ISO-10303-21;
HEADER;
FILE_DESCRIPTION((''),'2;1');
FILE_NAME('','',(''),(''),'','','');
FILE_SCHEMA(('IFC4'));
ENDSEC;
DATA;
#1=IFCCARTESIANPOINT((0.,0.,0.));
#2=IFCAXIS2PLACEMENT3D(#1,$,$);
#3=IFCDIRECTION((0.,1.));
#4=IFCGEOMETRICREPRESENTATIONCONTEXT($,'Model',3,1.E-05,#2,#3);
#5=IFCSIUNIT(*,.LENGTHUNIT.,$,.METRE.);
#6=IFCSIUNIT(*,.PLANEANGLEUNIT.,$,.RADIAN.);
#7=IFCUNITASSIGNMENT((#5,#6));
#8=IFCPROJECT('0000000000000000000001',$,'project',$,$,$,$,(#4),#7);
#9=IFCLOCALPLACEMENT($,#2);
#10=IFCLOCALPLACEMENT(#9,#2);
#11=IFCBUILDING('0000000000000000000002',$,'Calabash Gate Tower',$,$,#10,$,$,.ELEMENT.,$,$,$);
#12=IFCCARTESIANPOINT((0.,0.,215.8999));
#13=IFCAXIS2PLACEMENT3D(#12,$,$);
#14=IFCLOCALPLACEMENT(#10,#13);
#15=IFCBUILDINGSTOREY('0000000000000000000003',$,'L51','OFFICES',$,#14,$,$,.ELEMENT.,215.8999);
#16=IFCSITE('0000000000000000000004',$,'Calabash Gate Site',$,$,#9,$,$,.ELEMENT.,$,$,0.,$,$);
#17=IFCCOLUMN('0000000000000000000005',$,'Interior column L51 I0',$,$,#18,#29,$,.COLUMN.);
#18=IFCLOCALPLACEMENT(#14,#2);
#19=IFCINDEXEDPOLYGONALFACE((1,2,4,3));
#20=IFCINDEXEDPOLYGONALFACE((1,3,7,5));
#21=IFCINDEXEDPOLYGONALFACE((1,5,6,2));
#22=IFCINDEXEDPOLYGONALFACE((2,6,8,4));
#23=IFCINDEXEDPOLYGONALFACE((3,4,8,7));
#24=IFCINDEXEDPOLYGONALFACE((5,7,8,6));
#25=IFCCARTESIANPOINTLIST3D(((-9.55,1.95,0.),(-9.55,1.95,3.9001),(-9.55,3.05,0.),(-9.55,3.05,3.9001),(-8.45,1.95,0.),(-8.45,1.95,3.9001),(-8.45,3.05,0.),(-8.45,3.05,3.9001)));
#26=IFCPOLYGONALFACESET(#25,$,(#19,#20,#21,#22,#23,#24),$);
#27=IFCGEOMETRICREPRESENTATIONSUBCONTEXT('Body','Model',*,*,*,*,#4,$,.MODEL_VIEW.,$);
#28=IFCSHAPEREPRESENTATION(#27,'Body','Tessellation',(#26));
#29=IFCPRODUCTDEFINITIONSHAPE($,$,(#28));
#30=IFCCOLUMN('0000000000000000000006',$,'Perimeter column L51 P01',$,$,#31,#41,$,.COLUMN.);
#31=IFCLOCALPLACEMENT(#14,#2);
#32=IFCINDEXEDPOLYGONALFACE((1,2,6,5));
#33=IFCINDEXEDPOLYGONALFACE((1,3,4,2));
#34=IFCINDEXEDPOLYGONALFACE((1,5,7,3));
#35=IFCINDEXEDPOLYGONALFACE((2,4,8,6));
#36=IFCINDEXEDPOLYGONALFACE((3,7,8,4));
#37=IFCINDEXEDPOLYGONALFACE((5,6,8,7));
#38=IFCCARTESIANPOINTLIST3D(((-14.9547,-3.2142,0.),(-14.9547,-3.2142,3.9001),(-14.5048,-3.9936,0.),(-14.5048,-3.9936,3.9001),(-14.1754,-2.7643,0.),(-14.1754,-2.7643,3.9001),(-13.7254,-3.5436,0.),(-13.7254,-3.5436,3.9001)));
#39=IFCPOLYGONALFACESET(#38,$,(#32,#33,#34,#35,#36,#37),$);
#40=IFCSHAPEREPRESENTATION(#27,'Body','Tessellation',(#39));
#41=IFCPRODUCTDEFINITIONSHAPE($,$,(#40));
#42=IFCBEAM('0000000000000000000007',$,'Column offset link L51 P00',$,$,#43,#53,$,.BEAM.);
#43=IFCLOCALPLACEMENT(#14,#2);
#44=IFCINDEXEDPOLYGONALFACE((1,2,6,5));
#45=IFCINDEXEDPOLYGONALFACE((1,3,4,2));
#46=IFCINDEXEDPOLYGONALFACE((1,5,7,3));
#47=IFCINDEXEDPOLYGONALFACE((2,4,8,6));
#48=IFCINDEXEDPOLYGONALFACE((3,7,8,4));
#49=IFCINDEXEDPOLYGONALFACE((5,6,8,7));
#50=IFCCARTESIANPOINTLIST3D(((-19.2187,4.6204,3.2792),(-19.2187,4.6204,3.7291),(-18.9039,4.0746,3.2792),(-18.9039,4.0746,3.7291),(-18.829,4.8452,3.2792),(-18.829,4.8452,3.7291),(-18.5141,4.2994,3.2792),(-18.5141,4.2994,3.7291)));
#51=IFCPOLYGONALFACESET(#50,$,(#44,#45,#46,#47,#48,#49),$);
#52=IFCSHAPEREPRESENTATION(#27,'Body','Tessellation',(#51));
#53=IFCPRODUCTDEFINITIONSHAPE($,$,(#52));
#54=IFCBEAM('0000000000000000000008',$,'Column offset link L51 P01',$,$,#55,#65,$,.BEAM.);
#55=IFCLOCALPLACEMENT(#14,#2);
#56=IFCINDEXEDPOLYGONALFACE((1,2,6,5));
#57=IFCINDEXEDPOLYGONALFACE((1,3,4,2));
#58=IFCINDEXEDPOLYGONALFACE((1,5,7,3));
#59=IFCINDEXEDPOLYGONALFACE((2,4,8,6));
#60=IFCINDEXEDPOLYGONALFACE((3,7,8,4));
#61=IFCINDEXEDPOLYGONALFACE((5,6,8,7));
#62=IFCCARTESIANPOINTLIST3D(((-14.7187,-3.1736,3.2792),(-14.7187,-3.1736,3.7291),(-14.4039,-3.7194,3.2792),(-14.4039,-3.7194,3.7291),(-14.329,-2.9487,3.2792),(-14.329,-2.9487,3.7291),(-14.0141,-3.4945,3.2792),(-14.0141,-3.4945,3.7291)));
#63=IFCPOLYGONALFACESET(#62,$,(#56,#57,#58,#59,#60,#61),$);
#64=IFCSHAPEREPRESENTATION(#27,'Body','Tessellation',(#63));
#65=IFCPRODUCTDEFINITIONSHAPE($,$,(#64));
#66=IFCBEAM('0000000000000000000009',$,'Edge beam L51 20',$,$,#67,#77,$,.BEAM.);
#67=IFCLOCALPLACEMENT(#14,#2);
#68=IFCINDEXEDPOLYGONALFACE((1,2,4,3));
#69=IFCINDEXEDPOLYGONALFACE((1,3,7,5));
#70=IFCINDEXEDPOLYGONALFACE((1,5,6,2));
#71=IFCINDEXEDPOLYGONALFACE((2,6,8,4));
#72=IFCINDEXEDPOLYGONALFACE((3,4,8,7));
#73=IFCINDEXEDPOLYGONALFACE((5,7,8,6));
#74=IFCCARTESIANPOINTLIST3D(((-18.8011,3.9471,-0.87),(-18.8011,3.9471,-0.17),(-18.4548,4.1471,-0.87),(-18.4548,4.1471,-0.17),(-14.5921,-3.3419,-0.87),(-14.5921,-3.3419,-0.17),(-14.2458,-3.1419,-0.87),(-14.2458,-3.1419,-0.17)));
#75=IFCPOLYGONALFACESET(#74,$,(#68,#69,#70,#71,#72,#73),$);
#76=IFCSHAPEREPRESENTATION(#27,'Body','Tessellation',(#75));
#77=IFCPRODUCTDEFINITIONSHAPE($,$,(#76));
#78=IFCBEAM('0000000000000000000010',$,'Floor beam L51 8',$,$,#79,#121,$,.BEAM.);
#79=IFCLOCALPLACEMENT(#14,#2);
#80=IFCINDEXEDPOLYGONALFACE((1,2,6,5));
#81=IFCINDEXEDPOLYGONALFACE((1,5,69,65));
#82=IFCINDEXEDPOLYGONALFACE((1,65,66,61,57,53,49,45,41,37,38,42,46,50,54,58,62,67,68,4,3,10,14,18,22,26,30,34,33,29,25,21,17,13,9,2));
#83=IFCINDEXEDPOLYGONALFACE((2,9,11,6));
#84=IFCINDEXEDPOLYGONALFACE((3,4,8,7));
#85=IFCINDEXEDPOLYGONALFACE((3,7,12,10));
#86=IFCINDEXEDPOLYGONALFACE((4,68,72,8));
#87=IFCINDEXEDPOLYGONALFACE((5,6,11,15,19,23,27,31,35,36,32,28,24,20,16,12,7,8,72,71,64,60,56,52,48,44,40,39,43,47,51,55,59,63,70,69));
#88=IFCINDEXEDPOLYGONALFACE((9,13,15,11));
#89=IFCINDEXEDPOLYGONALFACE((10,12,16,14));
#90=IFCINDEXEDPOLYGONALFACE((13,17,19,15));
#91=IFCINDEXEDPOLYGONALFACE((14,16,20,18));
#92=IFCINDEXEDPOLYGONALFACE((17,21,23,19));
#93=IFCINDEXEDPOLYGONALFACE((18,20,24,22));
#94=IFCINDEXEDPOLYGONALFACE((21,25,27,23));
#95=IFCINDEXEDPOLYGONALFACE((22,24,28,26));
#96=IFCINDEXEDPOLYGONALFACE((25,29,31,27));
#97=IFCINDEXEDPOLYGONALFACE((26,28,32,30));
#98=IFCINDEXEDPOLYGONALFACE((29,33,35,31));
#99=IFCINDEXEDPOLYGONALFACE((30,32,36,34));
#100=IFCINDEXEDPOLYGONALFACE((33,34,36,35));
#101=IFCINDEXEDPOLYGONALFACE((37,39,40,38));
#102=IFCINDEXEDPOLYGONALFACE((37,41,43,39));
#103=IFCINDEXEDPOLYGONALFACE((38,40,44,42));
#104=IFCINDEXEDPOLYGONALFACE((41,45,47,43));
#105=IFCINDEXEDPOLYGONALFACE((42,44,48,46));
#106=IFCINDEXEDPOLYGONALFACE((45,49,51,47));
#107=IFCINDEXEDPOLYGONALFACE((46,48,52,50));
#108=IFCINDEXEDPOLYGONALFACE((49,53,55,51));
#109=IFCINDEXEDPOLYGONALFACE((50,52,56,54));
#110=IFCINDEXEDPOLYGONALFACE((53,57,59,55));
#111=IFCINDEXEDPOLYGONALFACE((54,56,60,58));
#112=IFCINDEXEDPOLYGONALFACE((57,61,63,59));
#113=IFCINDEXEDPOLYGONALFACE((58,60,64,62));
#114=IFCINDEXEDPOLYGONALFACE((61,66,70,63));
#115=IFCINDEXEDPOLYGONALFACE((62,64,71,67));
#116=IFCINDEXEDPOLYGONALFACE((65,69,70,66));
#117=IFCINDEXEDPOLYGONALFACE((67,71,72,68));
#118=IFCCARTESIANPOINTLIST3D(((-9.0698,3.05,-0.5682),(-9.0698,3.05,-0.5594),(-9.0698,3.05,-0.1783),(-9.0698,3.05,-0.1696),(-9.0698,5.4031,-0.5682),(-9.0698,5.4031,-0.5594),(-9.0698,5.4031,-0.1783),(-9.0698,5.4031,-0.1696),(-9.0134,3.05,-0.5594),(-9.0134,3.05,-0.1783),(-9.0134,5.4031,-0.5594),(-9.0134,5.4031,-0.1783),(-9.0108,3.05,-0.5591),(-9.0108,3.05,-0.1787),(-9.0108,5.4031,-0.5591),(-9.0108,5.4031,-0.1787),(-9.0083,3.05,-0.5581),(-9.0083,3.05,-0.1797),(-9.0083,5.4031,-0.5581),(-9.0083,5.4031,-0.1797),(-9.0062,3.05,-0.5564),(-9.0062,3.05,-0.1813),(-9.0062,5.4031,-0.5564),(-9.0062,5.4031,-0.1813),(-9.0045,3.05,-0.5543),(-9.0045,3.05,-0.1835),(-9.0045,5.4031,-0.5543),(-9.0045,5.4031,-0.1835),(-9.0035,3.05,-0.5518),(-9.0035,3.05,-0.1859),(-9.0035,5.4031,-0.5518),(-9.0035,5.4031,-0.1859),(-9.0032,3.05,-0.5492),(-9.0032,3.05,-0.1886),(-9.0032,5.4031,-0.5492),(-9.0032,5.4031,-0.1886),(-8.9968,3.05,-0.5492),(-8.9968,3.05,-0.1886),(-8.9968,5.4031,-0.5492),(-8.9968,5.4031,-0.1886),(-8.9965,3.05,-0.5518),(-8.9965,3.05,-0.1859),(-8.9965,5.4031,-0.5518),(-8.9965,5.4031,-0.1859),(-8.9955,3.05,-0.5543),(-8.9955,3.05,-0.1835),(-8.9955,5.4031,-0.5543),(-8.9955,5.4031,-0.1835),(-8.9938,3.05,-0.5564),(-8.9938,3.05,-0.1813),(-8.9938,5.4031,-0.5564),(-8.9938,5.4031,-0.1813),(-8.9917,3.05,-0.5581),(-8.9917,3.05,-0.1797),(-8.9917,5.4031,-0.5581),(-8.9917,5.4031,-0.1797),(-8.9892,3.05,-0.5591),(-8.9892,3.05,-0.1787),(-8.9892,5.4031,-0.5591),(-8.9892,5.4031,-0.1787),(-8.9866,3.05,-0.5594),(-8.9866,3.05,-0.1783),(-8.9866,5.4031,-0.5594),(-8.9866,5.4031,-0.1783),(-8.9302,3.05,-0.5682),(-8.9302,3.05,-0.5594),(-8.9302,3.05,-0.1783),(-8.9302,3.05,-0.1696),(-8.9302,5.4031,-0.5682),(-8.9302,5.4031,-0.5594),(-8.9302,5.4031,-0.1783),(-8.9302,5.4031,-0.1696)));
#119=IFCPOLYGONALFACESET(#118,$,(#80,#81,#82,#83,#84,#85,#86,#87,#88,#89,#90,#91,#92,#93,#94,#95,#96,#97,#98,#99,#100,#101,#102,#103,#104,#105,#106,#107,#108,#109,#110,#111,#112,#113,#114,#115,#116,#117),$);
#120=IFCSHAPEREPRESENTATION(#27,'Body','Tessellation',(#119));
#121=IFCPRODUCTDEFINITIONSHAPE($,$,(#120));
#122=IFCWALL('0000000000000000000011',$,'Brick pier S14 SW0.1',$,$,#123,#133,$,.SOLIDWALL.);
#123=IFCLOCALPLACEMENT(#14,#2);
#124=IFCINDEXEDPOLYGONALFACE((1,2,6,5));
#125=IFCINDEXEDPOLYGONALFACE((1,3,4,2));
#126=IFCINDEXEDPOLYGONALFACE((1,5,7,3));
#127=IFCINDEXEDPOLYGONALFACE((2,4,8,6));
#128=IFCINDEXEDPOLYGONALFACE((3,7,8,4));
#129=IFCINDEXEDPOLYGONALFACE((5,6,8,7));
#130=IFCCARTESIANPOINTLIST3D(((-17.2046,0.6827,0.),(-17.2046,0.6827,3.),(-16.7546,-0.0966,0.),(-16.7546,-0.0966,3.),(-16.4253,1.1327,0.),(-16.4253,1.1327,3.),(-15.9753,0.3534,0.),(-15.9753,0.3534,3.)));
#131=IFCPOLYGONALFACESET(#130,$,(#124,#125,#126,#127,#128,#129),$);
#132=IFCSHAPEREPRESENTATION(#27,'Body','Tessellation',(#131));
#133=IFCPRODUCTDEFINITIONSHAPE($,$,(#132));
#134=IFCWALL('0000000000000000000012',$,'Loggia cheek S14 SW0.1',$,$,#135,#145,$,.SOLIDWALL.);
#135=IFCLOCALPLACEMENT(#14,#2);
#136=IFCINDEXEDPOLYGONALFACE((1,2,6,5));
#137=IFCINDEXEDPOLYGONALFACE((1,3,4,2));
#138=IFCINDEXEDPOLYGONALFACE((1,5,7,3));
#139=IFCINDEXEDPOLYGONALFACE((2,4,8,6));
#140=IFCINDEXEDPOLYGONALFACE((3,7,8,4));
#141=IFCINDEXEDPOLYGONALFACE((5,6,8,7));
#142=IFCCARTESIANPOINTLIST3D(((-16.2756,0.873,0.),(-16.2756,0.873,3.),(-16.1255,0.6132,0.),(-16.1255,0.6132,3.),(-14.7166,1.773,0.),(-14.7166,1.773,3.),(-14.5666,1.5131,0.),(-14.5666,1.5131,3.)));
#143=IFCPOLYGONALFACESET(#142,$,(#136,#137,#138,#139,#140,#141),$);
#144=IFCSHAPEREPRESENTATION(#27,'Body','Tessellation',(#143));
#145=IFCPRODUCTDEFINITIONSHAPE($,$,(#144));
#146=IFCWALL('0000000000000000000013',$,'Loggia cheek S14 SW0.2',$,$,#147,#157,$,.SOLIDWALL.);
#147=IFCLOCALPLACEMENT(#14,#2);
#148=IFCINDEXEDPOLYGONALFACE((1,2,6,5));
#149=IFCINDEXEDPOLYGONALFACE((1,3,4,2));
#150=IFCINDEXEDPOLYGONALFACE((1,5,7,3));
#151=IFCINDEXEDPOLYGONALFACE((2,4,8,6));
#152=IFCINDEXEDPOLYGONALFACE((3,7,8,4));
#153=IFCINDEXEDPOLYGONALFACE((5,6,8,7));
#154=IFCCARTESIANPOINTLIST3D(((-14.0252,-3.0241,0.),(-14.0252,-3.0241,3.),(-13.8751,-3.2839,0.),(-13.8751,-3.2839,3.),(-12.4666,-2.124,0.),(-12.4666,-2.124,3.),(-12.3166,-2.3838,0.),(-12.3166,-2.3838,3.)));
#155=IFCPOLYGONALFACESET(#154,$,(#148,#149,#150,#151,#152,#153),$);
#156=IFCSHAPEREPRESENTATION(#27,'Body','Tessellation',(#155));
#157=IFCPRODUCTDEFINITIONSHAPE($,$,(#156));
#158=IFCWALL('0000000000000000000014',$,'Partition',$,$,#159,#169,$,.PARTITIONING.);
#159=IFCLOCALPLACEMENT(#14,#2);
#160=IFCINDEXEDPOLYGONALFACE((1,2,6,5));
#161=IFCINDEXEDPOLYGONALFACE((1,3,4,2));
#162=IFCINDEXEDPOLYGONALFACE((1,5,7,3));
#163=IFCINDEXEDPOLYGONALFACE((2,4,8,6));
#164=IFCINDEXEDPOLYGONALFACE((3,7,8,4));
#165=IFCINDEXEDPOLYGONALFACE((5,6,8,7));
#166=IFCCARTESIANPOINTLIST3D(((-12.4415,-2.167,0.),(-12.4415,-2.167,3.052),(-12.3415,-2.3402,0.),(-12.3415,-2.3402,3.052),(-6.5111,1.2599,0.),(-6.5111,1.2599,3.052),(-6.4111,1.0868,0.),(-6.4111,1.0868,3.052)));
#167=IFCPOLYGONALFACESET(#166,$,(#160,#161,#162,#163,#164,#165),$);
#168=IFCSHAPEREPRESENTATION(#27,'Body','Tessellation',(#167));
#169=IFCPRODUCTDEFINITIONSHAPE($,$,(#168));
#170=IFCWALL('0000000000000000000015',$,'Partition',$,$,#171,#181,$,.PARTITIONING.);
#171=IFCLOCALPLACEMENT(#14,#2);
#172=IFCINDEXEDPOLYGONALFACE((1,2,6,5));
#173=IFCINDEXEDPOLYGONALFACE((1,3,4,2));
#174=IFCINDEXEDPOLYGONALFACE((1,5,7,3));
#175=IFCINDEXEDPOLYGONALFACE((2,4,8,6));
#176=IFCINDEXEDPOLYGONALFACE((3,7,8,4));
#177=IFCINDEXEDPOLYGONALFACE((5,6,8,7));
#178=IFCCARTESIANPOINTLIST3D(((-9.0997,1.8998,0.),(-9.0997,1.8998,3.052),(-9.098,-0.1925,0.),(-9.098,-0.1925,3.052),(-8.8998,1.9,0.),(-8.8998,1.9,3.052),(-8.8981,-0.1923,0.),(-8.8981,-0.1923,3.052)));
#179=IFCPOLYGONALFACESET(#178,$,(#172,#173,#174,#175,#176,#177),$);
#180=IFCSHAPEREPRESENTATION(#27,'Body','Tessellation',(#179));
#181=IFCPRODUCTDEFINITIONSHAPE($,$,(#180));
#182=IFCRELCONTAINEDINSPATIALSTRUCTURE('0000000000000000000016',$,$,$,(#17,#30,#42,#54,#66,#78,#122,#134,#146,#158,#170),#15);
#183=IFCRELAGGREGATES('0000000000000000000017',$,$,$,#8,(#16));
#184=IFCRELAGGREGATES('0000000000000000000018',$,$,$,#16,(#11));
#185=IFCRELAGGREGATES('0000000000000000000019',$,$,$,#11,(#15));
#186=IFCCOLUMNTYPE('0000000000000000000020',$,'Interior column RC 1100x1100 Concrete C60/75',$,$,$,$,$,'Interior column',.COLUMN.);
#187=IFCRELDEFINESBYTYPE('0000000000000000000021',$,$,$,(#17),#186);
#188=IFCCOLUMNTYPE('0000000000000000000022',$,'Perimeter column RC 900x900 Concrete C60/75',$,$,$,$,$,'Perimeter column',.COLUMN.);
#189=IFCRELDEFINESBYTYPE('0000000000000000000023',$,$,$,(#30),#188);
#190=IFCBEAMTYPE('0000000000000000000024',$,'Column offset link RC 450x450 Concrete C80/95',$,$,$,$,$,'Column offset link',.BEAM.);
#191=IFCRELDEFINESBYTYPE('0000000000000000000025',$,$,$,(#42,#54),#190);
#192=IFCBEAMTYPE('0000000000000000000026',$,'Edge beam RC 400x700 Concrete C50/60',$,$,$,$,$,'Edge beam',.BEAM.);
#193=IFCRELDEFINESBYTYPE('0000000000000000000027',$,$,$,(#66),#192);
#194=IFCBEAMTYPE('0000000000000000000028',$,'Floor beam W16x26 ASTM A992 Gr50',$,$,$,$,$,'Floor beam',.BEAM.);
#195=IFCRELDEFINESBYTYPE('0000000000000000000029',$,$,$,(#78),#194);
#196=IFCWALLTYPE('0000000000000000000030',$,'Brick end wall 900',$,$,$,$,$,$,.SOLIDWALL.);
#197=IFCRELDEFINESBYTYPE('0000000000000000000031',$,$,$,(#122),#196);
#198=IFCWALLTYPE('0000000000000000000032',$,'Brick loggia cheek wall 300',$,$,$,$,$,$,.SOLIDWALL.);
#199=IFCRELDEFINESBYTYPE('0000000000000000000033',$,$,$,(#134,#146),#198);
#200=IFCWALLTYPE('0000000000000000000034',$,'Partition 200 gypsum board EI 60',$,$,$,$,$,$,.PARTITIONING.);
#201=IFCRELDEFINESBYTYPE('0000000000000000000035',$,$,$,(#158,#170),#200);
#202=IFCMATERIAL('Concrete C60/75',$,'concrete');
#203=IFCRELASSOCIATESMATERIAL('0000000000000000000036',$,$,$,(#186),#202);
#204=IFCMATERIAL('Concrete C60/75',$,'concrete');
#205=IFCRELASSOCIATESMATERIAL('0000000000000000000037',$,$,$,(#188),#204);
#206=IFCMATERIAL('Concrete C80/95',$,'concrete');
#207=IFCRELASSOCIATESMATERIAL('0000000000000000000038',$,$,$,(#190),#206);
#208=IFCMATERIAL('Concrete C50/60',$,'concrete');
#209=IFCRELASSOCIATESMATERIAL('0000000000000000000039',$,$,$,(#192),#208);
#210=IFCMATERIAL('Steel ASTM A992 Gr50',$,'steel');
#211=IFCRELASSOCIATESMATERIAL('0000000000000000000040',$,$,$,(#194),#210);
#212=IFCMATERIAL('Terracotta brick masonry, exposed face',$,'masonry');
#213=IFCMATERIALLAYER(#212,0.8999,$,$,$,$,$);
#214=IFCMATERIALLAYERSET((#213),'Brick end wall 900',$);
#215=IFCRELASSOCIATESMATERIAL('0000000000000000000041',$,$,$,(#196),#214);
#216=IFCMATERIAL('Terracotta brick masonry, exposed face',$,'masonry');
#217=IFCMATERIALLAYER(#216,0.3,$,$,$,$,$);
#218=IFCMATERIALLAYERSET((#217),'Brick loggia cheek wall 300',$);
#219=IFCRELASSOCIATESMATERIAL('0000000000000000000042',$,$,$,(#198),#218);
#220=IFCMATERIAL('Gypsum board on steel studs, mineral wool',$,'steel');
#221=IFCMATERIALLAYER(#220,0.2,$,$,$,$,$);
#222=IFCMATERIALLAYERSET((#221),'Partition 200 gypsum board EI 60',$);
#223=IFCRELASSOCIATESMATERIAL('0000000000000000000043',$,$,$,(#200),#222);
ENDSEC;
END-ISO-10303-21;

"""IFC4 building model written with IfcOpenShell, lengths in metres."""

from ifc_helpers import new_model, si_unit, direction, frame, frame_2d, origin, origin_2d, place, context, subcontext, project, spatial, rectangle, i_section, extrude, material, layer, layer_set, material_profile, profile_set, type_object, element, save


model = new_model("IFC4")

# Units and contexts
model_context = context("Model", 3, precision=1e-05, world=origin(), true_north=direction((0.0, 1.0)))
body_context = subcontext(model_context, "Body", "Model", "MODEL_VIEW")
ifc_project = project(units=[si_unit("LENGTHUNIT", "METRE"), si_unit("PLANEANGLEUNIT", "RADIAN")], contexts=[model_context])

# Site, building, storey
site_placement = place(None, origin())
site = spatial("IfcSite", under=ifc_project, at=site_placement, Name="Calabash Gate Site", CompositionType="ELEMENT", RefElevation=0.0)
building_placement = place(site_placement, origin())
building = spatial("IfcBuilding", under=site, at=building_placement, Name="Calabash Gate Tower", CompositionType="ELEMENT")
storey_placement = place(building_placement, frame((0.0, 0.0, 215.8999)))
storey = spatial("IfcBuildingStorey", under=building, at=storey_placement, Name="L51", Description="OFFICES", CompositionType="ELEMENT", Elevation=215.8999)

# Columns
ifc_material_1 = material(Name="Concrete C60/75", Category="concrete")
ifc_material_profile_1 = material_profile(ifc_material_1, rectangle(XDim=1.1001, YDim=1.1001, at=origin_2d()))
ifc_profile_set_1 = profile_set([ifc_material_profile_1], Name="Concrete C60/75")
column_type_1 = type_object("IfcColumnType", Name="Interior column RC 1100x1100 Concrete C60/75", ElementType="Interior column", PredefinedType="COLUMN", material=ifc_profile_set_1)
column_1_placement = place(storey_placement, frame((-9.0, 2.5, 0.0), z_axis=(0.0, 0.0, 1.0), x_axis=(1.0, 0.0, 0.0)))
element("IfcColumn", 1, at=column_1_placement, inside=storey, type_object=column_type_1, Name="Interior column L51 I0", PredefinedType="COLUMN", context=body_context, shape_type="SweptSolid", body=[
    extrude(rectangle(XDim=1.1001, YDim=1.1001, at=origin_2d()), origin(), (0.0, 0.0, 1.0), 3.9001),
])
ifc_material_2 = material(Name="Concrete C60/75", Category="concrete")
ifc_material_profile_2 = material_profile(ifc_material_2, rectangle(XDim=0.8999, YDim=0.8999, at=origin_2d()))
ifc_profile_set_2 = profile_set([ifc_material_profile_2], Name="Concrete C60/75")
column_type_2 = type_object("IfcColumnType", Name="Perimeter column RC 900x900 Concrete C60/75", ElementType="Perimeter column", PredefinedType="COLUMN", material=ifc_profile_set_2)
column_2_placement = place(storey_placement, frame((-14.3401, -3.3789, 0.0), z_axis=(0.0, 0.0, 1.0), x_axis=(0.5, -0.866025, 0.0)))
element("IfcColumn", 2, at=column_2_placement, inside=storey, type_object=column_type_2, Name="Perimeter column L51 P01", PredefinedType="COLUMN", context=body_context, shape_type="SweptSolid", body=[
    extrude(rectangle(XDim=0.8999, YDim=0.8999, at=origin_2d()), origin(), (0.0, 0.0, 1.0), 3.9001),
])

# Beams
ifc_material_3 = material(Name="Concrete C80/95", Category="concrete")
ifc_material_profile_3 = material_profile(ifc_material_3, rectangle(XDim=0.45, YDim=0.45, at=origin_2d()))
ifc_profile_set_3 = profile_set([ifc_material_profile_3], Name="Concrete C80/95")
beam_type_1 = type_object("IfcBeamType", Name="Column offset link RC 450x450 Concrete C80/95", ElementType="Column offset link", PredefinedType="BEAM", material=ifc_profile_set_3)
for number, where, z_axis, x_axis, name in (
    (3, (-18.709, 4.187, 3.5042), (-0.499722, 0.866186, 0.0), (-0.866186, -0.499722, 0.0), "Column offset link L51 P00"),
    (4, (-14.209, -3.6069, 3.5042), (-0.499722, 0.866186, 0.0), (-0.866186, -0.499722, 0.0), "Column offset link L51 P01"),
):
    element("IfcBeam", number, at=place(storey_placement, frame(where, z_axis=z_axis, x_axis=x_axis)), inside=storey, type_object=beam_type_1, Name=name, PredefinedType="BEAM", context=body_context, shape_type="SweptSolid", body=[
        extrude(rectangle(XDim=0.45, YDim=0.45, at=origin_2d()), origin(), (0.0, 0.0, 1.0), 0.6301),
    ])
ifc_material_4 = material(Name="Concrete C50/60", Category="concrete")
ifc_material_profile_4 = material_profile(ifc_material_4, rectangle(XDim=0.3999, YDim=0.7, at=origin_2d()))
ifc_profile_set_4 = profile_set([ifc_material_profile_4], Name="Concrete C50/60")
beam_type_2 = type_object("IfcBeamType", Name="Edge beam RC 400x700 Concrete C50/60", ElementType="Edge beam", PredefinedType="BEAM", material=ifc_profile_set_4)
beam_1_placement = place(storey_placement, frame((-18.6279, 4.0471, -0.52), z_axis=(0.500057, -0.865992, 0.0), x_axis=(0.865992, 0.500057, 0.0)))
element("IfcBeam", 5, at=beam_1_placement, inside=storey, type_object=beam_type_2, Name="Edge beam L51 20", PredefinedType="BEAM", context=body_context, shape_type="SweptSolid", body=[
    extrude(rectangle(XDim=0.3999, YDim=0.7, at=origin_2d()), origin(), (0.0, 0.0, 1.0), 8.417),
])
ifc_material_5 = material(Name="Steel ASTM A992 Gr50", Category="steel")
ifc_material_profile_5 = material_profile(ifc_material_5, i_section(OverallWidth=0.1396, OverallDepth=0.3987, WebThickness=0.0063, FlangeThickness=0.0088, FilletRadius=0.0103, at=origin_2d()))
ifc_profile_set_5 = profile_set([ifc_material_profile_5], Name="Steel ASTM A992 Gr50")
beam_type_3 = type_object("IfcBeamType", Name="Floor beam W16x26 ASTM A992 Gr50", ElementType="Floor beam", PredefinedType="BEAM", material=ifc_profile_set_5)
beam_2_placement = place(storey_placement, frame((-9.0, 3.05, -0.3689), z_axis=(0.0, 1.0, 0.0), x_axis=(-1.0, 0.0, 0.0)))
element("IfcBeam", 6, at=beam_2_placement, inside=storey, type_object=beam_type_3, Name="Floor beam L51 8", PredefinedType="BEAM", context=body_context, shape_type="SweptSolid", body=[
    extrude(i_section(OverallWidth=0.1396, OverallDepth=0.3987, WebThickness=0.0063, FlangeThickness=0.0088, FilletRadius=0.0103, at=origin_2d()), origin(), (0.0, 0.0, 1.0), 2.353),
])

# Walls
ifc_material_6 = material(Name="Terracotta brick masonry, exposed face", Category="masonry")
ifc_layer_1 = layer(ifc_material_6, 0.8999)
ifc_layer_set_1 = layer_set([ifc_layer_1], Name="Brick end wall 900")
wall_type_1 = type_object("IfcWallType", Name="Brick end wall 900", PredefinedType="SOLIDWALL", material=ifc_layer_set_1)
wall_1_placement = place(storey_placement, frame((-16.8149, 0.9077, 0.0), z_axis=(0.0, 0.0, 1.0), x_axis=(0.50002, -0.866014, 0.0)))
element("IfcWall", 7, at=wall_1_placement, inside=storey, type_object=wall_type_1, Name="Brick pier S14 SW0.1", PredefinedType="SOLIDWALL", context=body_context, shape_type="SweptSolid", body=[
    extrude(rectangle(XDim=0.8999, YDim=0.8999, at=frame_2d((0.45, 0.0))), origin(), (0.0, 0.0, 1.0), 3.0),
])
ifc_material_7 = material(Name="Terracotta brick masonry, exposed face", Category="masonry")
ifc_layer_2 = layer(ifc_material_7, 0.3)
ifc_layer_set_2 = layer_set([ifc_layer_2], Name="Brick loggia cheek wall 300")
wall_type_2 = type_object("IfcWallType", Name="Brick loggia cheek wall 300", PredefinedType="SOLIDWALL", material=ifc_layer_set_2)
wall_2_placement = place(storey_placement, frame((-16.2004, 0.7432, 0.0), z_axis=(0.0, 0.0, 1.0), x_axis=(0.866048, 0.499961, 0.0)))
element("IfcWall", 8, at=wall_2_placement, inside=storey, type_object=wall_type_2, Name="Loggia cheek S14 SW0.1", PredefinedType="SOLIDWALL", context=body_context, shape_type="SweptSolid", body=[
    extrude(rectangle(XDim=1.8, YDim=0.3, at=frame_2d((0.8999, 0.0))), origin(), (0.0, 0.0, 1.0), 3.0),
])
wall_3_placement = place(storey_placement, frame((-12.3916, -2.2539, 0.0), z_axis=(0.0, 0.0, 1.0), x_axis=(-0.865955, -0.500122, 0.0)))
element("IfcWall", 9, at=wall_3_placement, inside=storey, type_object=wall_type_2, Name="Loggia cheek S14 SW0.2", PredefinedType="SOLIDWALL", context=body_context, shape_type="SweptSolid", body=[
    extrude(rectangle(XDim=1.7998, YDim=0.3, at=frame_2d((0.8999, 0.0))), origin(), (0.0, 0.0, 1.0), 3.0),
])
ifc_material_8 = material(Name="Gypsum board on steel studs, mineral wool", Category="steel")
ifc_layer_3 = layer(ifc_material_8, 0.2)
ifc_layer_set_3 = layer_set([ifc_layer_3], Name="Partition 200 gypsum board EI 60")
wall_type_3 = type_object("IfcWallType", Name="Partition 200 gypsum board EI 60", PredefinedType="PARTITIONING", material=ifc_layer_set_3)
wall_4_placement = place(storey_placement, frame((-12.3916, -2.2537, 0.0), z_axis=(0.0, 0.0, 1.0), x_axis=(0.865831, 0.500336, 0.0)))
element("IfcWall", 10, at=wall_4_placement, inside=storey, type_object=wall_type_3, Name="Partition", PredefinedType="PARTITIONING", context=body_context, shape_type="SweptSolid", body=[
    extrude(rectangle(XDim=6.8494, YDim=0.2, at=frame_2d((3.4248, 0.0))), origin(), (0.0, 0.0, 1.0), 3.052),
])
wall_5_placement = place(storey_placement, frame((-8.9998, 1.8999, 0.0), z_axis=(0.0, 0.0, 1.0), x_axis=(0.000817, -1.0, 0.0)))
element("IfcWall", 11, at=wall_5_placement, inside=storey, type_object=wall_type_3, Name="Partition", PredefinedType="PARTITIONING", context=body_context, shape_type="SweptSolid", body=[
    extrude(rectangle(XDim=2.0923, YDim=0.2, at=frame_2d((1.0461, 0.0))), origin(), (0.0, 0.0, 1.0), 3.052),
])

save(model, "model.ifc")
